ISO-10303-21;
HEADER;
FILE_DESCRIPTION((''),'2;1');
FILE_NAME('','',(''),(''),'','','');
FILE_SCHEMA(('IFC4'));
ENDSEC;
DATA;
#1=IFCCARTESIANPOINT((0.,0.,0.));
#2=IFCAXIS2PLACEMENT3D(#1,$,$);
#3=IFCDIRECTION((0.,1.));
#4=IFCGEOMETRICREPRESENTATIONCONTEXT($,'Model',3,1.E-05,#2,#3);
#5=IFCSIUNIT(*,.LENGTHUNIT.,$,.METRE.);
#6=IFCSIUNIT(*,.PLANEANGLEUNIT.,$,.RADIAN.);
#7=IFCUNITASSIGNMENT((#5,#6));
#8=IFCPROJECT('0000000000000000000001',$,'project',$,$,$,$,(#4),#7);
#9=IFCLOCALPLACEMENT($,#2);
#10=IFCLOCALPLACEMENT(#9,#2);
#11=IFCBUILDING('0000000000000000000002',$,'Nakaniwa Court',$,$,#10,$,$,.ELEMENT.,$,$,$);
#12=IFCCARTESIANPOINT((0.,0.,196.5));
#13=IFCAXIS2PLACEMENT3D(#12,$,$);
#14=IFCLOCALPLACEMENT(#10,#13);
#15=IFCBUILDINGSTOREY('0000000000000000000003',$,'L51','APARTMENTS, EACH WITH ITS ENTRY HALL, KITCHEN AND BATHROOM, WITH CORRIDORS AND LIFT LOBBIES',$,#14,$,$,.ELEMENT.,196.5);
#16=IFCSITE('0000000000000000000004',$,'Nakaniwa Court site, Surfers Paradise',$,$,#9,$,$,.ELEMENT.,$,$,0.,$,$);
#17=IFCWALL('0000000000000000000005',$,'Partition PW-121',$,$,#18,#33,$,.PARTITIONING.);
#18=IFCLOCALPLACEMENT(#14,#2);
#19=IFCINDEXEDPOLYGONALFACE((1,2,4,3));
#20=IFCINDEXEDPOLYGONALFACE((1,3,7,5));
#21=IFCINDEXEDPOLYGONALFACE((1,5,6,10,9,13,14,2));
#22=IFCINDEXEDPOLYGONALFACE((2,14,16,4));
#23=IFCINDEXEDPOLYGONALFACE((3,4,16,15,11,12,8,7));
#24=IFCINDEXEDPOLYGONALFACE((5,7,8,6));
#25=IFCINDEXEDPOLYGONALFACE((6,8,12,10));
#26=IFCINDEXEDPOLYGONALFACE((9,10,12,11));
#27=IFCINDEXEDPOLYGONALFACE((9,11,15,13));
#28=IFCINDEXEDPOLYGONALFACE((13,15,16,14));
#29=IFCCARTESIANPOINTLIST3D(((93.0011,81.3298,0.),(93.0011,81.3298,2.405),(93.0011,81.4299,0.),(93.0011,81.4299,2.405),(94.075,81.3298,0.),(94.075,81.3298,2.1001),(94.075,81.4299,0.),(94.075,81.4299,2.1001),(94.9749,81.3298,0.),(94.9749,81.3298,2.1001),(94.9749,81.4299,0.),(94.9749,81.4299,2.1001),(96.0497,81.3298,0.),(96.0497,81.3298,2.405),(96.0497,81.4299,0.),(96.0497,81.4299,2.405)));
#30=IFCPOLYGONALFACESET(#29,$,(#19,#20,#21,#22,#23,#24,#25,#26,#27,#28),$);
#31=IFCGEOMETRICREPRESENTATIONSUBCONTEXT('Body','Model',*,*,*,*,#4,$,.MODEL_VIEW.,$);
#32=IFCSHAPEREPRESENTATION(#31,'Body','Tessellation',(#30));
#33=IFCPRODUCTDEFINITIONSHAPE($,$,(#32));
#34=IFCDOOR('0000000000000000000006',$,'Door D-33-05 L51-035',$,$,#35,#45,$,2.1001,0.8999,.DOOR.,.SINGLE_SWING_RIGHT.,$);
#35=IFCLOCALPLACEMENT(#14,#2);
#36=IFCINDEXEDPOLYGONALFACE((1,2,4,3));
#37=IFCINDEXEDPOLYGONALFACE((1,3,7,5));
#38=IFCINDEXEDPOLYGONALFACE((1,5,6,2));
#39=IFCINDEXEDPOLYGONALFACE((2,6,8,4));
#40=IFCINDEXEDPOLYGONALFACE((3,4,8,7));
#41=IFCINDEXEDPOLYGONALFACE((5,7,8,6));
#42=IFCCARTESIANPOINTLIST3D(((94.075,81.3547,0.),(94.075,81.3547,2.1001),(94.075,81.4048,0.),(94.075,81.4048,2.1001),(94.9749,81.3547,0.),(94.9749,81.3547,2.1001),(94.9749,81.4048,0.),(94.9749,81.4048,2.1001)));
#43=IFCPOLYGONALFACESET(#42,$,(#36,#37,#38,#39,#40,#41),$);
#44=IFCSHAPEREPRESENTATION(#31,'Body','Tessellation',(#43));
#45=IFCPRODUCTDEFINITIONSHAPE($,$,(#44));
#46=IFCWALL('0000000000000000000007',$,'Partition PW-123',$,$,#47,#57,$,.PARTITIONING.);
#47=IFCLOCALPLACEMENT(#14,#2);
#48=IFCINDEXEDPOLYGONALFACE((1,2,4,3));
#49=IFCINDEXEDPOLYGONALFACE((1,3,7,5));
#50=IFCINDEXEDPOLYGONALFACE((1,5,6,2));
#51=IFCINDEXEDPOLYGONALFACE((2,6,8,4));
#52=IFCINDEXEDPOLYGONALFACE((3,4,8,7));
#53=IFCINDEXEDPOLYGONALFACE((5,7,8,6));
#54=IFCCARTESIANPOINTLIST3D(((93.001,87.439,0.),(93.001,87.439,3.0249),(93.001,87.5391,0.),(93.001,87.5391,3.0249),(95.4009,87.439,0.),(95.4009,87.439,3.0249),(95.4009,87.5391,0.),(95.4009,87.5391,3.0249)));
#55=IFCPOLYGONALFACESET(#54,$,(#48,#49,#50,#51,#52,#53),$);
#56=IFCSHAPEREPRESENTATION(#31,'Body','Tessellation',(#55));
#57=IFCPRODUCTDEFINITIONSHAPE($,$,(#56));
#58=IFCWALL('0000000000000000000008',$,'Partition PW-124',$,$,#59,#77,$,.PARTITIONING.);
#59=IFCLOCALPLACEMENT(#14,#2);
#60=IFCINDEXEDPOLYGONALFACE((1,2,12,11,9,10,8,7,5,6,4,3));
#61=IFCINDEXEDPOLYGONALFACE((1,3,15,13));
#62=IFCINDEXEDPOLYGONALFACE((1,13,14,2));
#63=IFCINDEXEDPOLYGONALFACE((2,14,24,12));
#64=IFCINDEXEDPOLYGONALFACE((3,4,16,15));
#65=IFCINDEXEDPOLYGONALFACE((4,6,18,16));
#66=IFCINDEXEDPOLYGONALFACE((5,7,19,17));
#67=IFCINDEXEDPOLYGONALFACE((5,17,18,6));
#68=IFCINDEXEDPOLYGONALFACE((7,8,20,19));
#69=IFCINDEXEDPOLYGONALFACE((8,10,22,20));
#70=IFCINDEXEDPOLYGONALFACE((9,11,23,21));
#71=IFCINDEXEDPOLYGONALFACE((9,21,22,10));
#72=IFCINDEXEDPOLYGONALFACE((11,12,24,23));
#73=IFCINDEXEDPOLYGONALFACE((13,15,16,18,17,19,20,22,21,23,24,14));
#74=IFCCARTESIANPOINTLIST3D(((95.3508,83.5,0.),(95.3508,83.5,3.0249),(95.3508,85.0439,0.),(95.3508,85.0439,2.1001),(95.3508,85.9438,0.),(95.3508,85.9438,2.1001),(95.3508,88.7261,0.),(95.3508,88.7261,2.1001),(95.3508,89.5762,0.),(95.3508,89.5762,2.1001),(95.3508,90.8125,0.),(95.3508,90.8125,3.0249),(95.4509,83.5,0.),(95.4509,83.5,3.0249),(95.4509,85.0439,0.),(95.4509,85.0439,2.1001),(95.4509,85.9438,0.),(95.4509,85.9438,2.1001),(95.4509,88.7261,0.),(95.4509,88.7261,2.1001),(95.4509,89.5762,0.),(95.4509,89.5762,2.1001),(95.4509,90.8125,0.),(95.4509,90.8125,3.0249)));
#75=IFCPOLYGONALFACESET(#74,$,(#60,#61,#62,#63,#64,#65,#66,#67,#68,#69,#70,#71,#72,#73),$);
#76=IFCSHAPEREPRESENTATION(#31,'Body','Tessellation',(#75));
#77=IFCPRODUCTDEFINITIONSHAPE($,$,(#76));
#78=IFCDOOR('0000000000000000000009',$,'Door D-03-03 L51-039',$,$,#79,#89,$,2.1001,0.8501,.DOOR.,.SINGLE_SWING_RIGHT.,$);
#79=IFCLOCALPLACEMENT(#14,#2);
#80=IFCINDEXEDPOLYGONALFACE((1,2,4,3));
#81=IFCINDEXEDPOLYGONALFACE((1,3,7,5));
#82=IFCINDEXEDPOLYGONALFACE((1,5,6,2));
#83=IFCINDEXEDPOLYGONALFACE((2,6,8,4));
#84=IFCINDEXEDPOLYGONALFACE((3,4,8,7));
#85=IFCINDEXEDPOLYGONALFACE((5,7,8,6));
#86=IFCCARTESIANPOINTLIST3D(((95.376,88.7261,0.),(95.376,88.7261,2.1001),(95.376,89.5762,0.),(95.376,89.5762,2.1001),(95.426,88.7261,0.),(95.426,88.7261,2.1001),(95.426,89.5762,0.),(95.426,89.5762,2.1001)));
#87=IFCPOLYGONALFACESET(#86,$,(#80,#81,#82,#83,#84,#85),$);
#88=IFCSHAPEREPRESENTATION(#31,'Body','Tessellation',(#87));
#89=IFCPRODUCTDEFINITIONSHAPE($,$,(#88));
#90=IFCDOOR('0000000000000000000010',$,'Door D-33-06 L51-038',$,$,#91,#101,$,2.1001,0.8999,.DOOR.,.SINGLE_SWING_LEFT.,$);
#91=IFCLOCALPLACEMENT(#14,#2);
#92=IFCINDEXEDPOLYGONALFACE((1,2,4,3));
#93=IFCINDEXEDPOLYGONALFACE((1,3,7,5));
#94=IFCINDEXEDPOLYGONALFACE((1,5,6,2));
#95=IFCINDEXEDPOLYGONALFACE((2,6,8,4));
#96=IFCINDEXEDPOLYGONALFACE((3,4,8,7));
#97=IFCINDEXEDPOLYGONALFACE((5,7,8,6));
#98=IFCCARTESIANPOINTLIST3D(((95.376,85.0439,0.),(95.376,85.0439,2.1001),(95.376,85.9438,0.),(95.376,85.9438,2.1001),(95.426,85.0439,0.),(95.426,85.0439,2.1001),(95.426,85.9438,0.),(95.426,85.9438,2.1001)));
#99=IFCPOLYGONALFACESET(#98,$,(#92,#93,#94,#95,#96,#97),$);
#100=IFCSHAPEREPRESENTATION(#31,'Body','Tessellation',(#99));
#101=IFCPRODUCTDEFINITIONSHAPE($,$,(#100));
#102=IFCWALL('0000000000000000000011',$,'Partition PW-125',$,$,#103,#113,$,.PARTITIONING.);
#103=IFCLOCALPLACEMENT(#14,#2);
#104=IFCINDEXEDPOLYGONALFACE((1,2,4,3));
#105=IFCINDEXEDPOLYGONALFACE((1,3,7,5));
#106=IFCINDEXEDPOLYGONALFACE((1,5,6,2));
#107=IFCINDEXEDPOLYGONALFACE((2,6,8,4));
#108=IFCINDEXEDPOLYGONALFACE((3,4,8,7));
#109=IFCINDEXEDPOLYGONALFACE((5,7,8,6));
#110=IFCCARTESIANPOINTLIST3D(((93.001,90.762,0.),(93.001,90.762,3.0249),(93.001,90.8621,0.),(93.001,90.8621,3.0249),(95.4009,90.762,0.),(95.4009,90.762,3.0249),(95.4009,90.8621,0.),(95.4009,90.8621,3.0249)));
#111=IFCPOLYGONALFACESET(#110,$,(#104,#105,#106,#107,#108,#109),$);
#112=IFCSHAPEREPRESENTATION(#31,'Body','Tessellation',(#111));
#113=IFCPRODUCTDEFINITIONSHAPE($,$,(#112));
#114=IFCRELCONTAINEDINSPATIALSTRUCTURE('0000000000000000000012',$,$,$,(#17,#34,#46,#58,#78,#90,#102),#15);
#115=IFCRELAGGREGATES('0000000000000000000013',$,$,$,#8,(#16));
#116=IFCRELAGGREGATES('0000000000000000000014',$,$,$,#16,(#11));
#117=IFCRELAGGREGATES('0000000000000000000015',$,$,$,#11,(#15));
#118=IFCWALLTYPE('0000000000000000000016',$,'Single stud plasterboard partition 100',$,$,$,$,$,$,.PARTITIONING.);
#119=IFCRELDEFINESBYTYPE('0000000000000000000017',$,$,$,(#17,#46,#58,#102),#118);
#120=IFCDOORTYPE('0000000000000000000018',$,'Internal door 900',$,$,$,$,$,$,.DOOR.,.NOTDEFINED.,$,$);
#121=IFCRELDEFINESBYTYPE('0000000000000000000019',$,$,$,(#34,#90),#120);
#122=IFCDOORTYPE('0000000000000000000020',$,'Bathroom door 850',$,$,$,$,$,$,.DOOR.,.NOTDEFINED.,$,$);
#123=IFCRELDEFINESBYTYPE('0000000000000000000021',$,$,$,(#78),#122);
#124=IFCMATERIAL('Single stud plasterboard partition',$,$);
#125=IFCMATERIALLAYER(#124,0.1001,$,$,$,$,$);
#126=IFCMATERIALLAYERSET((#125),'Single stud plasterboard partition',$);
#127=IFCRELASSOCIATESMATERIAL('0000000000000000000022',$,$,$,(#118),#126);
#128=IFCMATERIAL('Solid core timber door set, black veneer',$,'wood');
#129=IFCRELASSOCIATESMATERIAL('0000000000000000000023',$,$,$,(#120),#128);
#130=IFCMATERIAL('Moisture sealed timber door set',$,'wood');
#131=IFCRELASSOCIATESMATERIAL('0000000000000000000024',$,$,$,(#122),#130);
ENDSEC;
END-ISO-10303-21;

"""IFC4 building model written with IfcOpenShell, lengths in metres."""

from ifc_helpers import new_model, si_unit, direction, frame, frame_2d, origin, place, context, subcontext, project, spatial, rectangle, extrude, material, layer, layer_set, type_object, element, fill, save


model = new_model("IFC4")

# Units and contexts
model_context = context("Model", 3, precision=1e-05, world=origin(), true_north=direction((0.0, 1.0)))
body_context = subcontext(model_context, "Body", "Model", "MODEL_VIEW")
ifc_project = project(units=[si_unit("LENGTHUNIT", "METRE"), si_unit("PLANEANGLEUNIT", "RADIAN")], contexts=[model_context])

# Site, building, storey
site_placement = place(None, origin())
site = spatial("IfcSite", under=ifc_project, at=site_placement, Name="Nakaniwa Court site, Surfers Paradise", CompositionType="ELEMENT", RefElevation=0.0)
building_placement = place(site_placement, origin())
building = spatial("IfcBuilding", under=site, at=building_placement, Name="Nakaniwa Court", CompositionType="ELEMENT")
storey_placement = place(building_placement, frame((0.0, 0.0, 196.5)))
storey = spatial("IfcBuildingStorey", under=building, at=storey_placement, Name="L51", Description="APARTMENTS, EACH WITH ITS ENTRY HALL, KITCHEN AND BATHROOM, WITH CORRIDORS AND LIFT LOBBIES", CompositionType="ELEMENT", Elevation=196.5)

# Shared definitions
ifc_material_1 = material(Name="Solid core timber door set, black veneer", Category="wood")

# Shared definitions
ifc_material_2 = material(Name="Single stud plasterboard partition")
ifc_layer_1 = layer(ifc_material_2, 0.1001)
ifc_layer_set_1 = layer_set([ifc_layer_1], Name="Single stud plasterboard partition")
wall_type_1 = type_object("IfcWallType", Name="Single stud plasterboard partition 100", PredefinedType="PARTITIONING", material=ifc_layer_set_1)

# Wall, opening, door
wall_1_placement = place(storey_placement, frame((93.001, 81.3799, 0.0), z_axis=(0.0, 0.0, 1.0), x_axis=(1.0, 0.0, 0.0)))
wall_1 = element("IfcWall", 1, at=wall_1_placement, inside=storey, type_object=wall_type_1, Name="Partition PW-121", PredefinedType="PARTITIONING", context=body_context, shape_type="SweptSolid", body=[
    extrude(rectangle(XDim=3.0486, YDim=0.1001, at=frame_2d((1.5244, 0.0))), origin(), (0.0, 0.0, 1.0), 2.405),
])
opening_1_placement = place(wall_1_placement, frame((1.074, 0.0, 0.0)))
opening_1 = element("IfcOpeningElement", 2, at=opening_1_placement, cuts=wall_1, PredefinedType="OPENING", context=body_context, shape_type="SweptSolid", body=[
    extrude(rectangle(XDim=0.8999, YDim=2.1001, at=frame_2d((0.45, 1.05))), frame((0.0, 0.0601, 0.0), z_axis=(0.0, -1.0, 0.0), x_axis=(1.0, 0.0, 0.0)), (0.0, 0.0, 1.0), 0.1201),
])
door_type_1 = type_object("IfcDoorType", Name="Internal door 900", OperationType="NOTDEFINED", PredefinedType="DOOR", material=ifc_material_1)
door_1_placement = place(opening_1_placement, origin())
door_1 = element("IfcDoor", 3, at=door_1_placement, inside=storey, type_object=door_type_1, Name="Door D-33-05 L51-035", OperationType="SINGLE_SWING_RIGHT", OverallHeight=2.1001, OverallWidth=0.8999, PredefinedType="DOOR", context=body_context, shape_type="SweptSolid", body=[
    extrude(rectangle(XDim=0.8999, YDim=2.1001, at=frame_2d((0.45, 1.05))), frame((0.0, 0.0249, 0.0), z_axis=(0.0, -1.0, 0.0), x_axis=(1.0, 0.0, 0.0)), (0.0, 0.0, 1.0), 0.05),
])
fill(opening_1, door_1)

# Wall
wall_2_placement = place(storey_placement, frame((93.001, 87.489, 0.0), z_axis=(0.0, 0.0, 1.0), x_axis=(1.0, 0.0, 0.0)))
element("IfcWall", 4, at=wall_2_placement, inside=storey, type_object=wall_type_1, Name="Partition PW-123", PredefinedType="PARTITIONING", context=body_context, shape_type="SweptSolid", body=[
    extrude(rectangle(XDim=2.3999, YDim=0.1001, at=frame_2d((1.2, 0.0))), origin(), (0.0, 0.0, 1.0), 3.0249),
])

# Wall, openings, doors
wall_3_placement = place(storey_placement, frame((95.4009, 83.5, 0.0), z_axis=(0.0, 0.0, 1.0), x_axis=(0.0, 1.0, 0.0)))
wall_3 = element("IfcWall", 5, at=wall_3_placement, inside=storey, type_object=wall_type_1, Name="Partition PW-124", PredefinedType="PARTITIONING", context=body_context, shape_type="SweptSolid", body=[
    extrude(rectangle(XDim=7.3125, YDim=0.1001, at=frame_2d((3.6562, 0.0))), origin(), (0.0, 0.0, 1.0), 3.0249),
])
opening_2_placement = place(wall_3_placement, frame((1.5439, 0.0, 0.0)))
opening_2 = element("IfcOpeningElement", 6, at=opening_2_placement, cuts=wall_3, PredefinedType="OPENING", context=body_context, shape_type="SweptSolid", body=[
    extrude(rectangle(XDim=0.8999, YDim=2.1001, at=frame_2d((0.45, 1.05))), frame((0.0, 0.0601, 0.0), z_axis=(0.0, -1.0, 0.0), x_axis=(1.0, 0.0, 0.0)), (0.0, 0.0, 1.0), 0.1201),
])
opening_3_placement = place(wall_3_placement, frame((5.2261, 0.0, 0.0)))
opening_3 = element("IfcOpeningElement", 7, at=opening_3_placement, cuts=wall_3, PredefinedType="OPENING", context=body_context, shape_type="SweptSolid", body=[
    extrude(rectangle(XDim=0.8501, YDim=2.1001, at=frame_2d((0.425, 1.05))), frame((0.0, 0.0601, 0.0), z_axis=(0.0, -1.0, 0.0), x_axis=(1.0, 0.0, 0.0)), (0.0, 0.0, 1.0), 0.1201),
])
ifc_material_3 = material(Name="Moisture sealed timber door set", Category="wood")
door_type_2 = type_object("IfcDoorType", Name="Bathroom door 850", OperationType="NOTDEFINED", PredefinedType="DOOR", material=ifc_material_3)
door_2_placement = place(opening_3_placement, origin())
door_2 = element("IfcDoor", 8, at=door_2_placement, inside=storey, type_object=door_type_2, Name="Door D-03-03 L51-039", OperationType="SINGLE_SWING_RIGHT", OverallHeight=2.1001, OverallWidth=0.8501, PredefinedType="DOOR", context=body_context, shape_type="SweptSolid", body=[
    extrude(rectangle(XDim=0.8501, YDim=2.1001, at=frame_2d((0.425, 1.05))), frame((0.0, 0.0249, 0.0), z_axis=(0.0, -1.0, 0.0), x_axis=(1.0, 0.0, 0.0)), (0.0, 0.0, 1.0), 0.05),
])
fill(opening_3, door_2)
door_3_placement = place(opening_2_placement, origin())
door_3 = element("IfcDoor", 9, at=door_3_placement, inside=storey, type_object=door_type_1, Name="Door D-33-06 L51-038", OperationType="SINGLE_SWING_LEFT", OverallHeight=2.1001, OverallWidth=0.8999, PredefinedType="DOOR", context=body_context, shape_type="SweptSolid", body=[
    extrude(rectangle(XDim=0.8999, YDim=2.1001, at=frame_2d((0.45, 1.05))), frame((0.0, 0.0249, 0.0), z_axis=(0.0, -1.0, 0.0), x_axis=(1.0, 0.0, 0.0)), (0.0, 0.0, 1.0), 0.05),
])
fill(opening_2, door_3)

# Wall
wall_4_placement = place(storey_placement, frame((93.001, 90.812, 0.0), z_axis=(0.0, 0.0, 1.0), x_axis=(1.0, 0.0, 0.0)))
element("IfcWall", 10, at=wall_4_placement, inside=storey, type_object=wall_type_1, Name="Partition PW-125", PredefinedType="PARTITIONING", context=body_context, shape_type="SweptSolid", body=[
    extrude(rectangle(XDim=2.3999, YDim=0.1001, at=frame_2d((1.2, 0.0))), origin(), (0.0, 0.0, 1.0), 3.0249),
])

save(model, "model.ifc")
